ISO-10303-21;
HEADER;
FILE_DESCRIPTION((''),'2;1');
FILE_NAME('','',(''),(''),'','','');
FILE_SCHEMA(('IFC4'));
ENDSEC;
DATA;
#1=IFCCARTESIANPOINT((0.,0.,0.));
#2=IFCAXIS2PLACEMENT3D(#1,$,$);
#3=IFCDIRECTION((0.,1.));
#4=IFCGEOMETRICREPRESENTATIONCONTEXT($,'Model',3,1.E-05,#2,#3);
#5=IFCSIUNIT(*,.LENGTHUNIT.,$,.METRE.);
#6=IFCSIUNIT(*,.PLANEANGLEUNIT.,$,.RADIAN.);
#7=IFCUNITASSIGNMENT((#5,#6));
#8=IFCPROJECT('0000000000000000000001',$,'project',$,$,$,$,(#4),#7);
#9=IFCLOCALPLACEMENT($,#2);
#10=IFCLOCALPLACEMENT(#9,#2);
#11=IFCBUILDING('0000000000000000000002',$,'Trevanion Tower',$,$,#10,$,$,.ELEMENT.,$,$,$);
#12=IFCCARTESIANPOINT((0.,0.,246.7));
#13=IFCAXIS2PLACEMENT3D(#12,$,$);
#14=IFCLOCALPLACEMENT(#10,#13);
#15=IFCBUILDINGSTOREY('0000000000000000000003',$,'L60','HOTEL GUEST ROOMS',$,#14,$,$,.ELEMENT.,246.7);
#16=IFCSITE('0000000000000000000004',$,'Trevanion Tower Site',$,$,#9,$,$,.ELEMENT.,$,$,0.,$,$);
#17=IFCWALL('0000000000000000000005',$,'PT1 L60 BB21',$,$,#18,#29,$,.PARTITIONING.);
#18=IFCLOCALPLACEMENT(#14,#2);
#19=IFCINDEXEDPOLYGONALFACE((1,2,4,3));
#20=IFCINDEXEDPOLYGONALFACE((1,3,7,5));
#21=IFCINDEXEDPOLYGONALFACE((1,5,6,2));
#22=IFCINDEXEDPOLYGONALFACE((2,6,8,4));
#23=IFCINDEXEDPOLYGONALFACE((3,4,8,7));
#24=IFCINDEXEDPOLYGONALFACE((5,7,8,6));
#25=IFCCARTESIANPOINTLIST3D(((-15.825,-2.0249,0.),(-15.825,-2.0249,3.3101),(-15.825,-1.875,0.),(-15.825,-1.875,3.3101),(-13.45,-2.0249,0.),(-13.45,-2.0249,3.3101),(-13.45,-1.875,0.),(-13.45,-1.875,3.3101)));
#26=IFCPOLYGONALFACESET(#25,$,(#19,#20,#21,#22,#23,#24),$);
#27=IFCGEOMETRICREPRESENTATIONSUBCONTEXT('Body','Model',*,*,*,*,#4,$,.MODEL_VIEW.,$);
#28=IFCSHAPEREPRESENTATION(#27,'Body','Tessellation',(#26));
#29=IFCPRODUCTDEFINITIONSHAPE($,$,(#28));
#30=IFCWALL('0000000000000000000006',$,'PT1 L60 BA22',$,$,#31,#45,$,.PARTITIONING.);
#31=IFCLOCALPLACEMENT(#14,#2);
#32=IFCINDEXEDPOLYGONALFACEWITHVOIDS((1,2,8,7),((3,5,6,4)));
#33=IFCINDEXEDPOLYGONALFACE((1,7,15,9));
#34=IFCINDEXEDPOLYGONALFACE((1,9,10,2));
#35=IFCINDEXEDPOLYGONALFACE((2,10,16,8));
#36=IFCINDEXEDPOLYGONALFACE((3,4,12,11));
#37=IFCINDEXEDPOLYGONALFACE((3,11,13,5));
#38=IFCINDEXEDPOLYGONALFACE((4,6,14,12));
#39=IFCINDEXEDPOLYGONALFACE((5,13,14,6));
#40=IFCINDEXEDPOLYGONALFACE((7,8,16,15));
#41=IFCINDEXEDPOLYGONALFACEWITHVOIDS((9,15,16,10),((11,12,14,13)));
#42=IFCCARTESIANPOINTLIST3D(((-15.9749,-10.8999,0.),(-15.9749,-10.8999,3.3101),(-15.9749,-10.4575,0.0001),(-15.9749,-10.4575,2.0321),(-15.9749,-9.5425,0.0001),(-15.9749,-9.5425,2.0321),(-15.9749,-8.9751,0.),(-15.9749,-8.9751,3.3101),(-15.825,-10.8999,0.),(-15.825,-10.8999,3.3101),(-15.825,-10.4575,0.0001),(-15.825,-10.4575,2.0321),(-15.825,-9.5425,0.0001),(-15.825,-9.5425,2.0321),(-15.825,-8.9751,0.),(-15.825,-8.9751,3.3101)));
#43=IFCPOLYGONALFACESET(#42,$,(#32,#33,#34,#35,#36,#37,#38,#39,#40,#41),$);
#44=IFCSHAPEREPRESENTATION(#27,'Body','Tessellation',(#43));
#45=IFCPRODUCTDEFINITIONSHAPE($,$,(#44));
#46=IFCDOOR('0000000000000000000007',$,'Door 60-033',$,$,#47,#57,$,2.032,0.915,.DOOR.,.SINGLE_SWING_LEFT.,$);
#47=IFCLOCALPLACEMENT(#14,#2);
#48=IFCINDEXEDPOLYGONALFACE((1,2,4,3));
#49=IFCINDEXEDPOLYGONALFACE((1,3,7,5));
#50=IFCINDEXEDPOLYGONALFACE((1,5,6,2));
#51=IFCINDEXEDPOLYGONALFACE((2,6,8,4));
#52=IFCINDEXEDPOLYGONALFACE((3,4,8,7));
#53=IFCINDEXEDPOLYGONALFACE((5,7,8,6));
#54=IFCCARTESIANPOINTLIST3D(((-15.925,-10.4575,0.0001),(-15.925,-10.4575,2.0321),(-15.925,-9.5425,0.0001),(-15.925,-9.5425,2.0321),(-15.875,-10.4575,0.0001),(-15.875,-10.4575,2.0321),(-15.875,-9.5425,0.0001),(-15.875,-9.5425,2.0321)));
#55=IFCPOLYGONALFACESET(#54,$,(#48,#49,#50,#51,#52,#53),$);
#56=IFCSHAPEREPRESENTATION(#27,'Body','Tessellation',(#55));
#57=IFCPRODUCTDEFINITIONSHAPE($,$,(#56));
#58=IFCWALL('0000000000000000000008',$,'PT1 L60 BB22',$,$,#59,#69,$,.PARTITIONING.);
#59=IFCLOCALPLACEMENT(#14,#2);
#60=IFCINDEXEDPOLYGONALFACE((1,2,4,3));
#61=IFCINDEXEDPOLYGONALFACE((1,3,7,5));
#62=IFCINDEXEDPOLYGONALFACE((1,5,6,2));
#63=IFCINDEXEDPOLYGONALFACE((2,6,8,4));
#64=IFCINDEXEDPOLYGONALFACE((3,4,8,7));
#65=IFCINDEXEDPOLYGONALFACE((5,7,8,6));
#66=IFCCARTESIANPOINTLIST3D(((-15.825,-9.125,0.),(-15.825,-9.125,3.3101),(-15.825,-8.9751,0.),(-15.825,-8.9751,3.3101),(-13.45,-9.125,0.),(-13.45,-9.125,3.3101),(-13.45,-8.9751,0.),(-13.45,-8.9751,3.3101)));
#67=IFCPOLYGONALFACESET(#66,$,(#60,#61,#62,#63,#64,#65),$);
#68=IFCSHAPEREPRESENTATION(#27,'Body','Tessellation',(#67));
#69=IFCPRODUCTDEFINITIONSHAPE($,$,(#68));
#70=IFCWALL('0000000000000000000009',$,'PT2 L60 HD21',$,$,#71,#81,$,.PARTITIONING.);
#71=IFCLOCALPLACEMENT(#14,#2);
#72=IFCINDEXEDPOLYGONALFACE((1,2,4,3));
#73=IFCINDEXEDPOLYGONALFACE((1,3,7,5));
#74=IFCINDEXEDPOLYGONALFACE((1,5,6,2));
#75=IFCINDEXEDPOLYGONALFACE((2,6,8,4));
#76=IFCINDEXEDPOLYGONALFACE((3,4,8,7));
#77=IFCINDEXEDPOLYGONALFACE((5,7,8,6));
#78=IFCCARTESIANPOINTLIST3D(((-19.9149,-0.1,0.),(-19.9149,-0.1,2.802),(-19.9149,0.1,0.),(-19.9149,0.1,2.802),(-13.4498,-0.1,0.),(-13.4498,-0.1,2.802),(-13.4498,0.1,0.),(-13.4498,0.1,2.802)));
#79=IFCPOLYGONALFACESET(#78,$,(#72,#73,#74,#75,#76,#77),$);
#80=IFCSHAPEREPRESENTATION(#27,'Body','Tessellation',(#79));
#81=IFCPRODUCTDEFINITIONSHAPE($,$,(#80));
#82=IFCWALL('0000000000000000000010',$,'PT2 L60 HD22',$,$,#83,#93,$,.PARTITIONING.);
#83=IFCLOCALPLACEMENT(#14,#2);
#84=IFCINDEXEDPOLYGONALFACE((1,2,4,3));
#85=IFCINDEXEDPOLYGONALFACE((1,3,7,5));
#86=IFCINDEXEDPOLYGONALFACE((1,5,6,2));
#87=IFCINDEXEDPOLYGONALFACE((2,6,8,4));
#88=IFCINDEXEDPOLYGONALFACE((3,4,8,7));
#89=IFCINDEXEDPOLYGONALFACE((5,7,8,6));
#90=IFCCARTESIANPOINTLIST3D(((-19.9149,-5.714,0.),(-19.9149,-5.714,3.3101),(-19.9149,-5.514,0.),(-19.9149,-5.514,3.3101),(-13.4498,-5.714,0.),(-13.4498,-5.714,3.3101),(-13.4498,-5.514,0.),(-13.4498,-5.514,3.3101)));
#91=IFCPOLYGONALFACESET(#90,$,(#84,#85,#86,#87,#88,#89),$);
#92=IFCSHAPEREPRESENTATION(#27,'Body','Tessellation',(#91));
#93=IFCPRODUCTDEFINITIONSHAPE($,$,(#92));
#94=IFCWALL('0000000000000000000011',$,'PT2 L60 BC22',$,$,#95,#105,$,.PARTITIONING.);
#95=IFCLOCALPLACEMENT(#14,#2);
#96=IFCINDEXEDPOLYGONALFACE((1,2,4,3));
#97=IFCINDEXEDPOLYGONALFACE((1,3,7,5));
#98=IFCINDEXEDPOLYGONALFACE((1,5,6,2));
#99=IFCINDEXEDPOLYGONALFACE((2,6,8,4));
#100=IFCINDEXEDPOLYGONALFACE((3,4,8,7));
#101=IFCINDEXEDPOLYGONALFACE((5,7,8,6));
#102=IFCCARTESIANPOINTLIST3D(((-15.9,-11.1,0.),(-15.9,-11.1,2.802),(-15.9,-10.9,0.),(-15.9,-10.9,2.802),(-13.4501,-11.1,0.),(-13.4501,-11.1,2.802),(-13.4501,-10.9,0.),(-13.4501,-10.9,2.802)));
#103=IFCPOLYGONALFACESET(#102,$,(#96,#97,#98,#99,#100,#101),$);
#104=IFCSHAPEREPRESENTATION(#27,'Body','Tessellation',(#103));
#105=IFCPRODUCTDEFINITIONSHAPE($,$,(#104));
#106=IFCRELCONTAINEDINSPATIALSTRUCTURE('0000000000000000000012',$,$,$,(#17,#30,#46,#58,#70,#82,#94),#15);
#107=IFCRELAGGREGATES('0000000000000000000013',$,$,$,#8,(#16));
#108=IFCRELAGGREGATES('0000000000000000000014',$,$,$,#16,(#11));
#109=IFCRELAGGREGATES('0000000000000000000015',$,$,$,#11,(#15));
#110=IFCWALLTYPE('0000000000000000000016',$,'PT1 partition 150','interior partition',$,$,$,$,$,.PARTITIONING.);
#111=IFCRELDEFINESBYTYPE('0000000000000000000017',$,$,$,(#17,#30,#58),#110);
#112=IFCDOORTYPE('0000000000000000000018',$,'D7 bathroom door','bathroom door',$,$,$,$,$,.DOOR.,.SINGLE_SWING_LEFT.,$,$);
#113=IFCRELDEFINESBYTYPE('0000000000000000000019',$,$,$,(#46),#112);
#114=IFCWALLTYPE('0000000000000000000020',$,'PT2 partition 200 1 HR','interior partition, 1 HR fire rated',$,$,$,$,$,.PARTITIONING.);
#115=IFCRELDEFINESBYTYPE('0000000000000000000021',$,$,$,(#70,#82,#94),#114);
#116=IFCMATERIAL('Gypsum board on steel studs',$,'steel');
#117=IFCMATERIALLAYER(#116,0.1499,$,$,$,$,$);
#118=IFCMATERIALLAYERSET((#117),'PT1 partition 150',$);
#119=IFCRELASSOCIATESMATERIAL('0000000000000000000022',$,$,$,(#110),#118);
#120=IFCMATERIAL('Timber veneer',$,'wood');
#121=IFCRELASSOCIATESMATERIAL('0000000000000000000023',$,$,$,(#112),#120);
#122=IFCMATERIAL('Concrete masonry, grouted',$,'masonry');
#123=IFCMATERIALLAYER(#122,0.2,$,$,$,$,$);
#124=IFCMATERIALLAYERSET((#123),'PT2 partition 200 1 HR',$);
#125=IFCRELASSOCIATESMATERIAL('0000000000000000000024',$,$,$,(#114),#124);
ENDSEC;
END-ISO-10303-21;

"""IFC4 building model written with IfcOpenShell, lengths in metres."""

from ifc_helpers import new_model, si_unit, direction, frame, frame_2d, origin, place, context, subcontext, project, spatial, rectangle, extrude, material, layer, layer_set, type_object, element, fill, save


model = new_model("IFC4")

# Units and contexts
model_context = context("Model", 3, precision=1e-05, world=origin(), true_north=direction((0.0, 1.0)))
body_context = subcontext(model_context, "Body", "Model", "MODEL_VIEW")
ifc_project = project(units=[si_unit("LENGTHUNIT", "METRE"), si_unit("PLANEANGLEUNIT", "RADIAN")], contexts=[model_context])

# Site, building, storey
site_placement = place(None, origin())
site = spatial("IfcSite", under=ifc_project, at=site_placement, Name="Trevanion Tower Site", CompositionType="ELEMENT", RefElevation=0.0)
building_placement = place(site_placement, origin())
building = spatial("IfcBuilding", under=site, at=building_placement, Name="Trevanion Tower", CompositionType="ELEMENT")
storey_placement = place(building_placement, frame((0.0, 0.0, 246.7)))
storey = spatial("IfcBuildingStorey", under=building, at=storey_placement, Name="L60", Description="HOTEL GUEST ROOMS", CompositionType="ELEMENT", Elevation=246.7)

# Shared definitions
ifc_material_1 = material(Name="Gypsum board on steel studs", Category="steel")
ifc_layer_1 = layer(ifc_material_1, 0.1499)
ifc_layer_set_1 = layer_set([ifc_layer_1], Name="PT1 partition 150")
wall_type_1 = type_object("IfcWallType", Name="PT1 partition 150", Description="interior partition", PredefinedType="PARTITIONING", material=ifc_layer_set_1)
ifc_material_2 = material(Name="Timber veneer", Category="wood")
door_type = type_object("IfcDoorType", Name="D7 bathroom door", Description="bathroom door", OperationType="SINGLE_SWING_LEFT", PredefinedType="DOOR", material=ifc_material_2)

# Wall
wall_1_placement = place(storey_placement, frame((-13.45, -1.95, 0.0), z_axis=(0.0, 0.0, 1.0), x_axis=(-1.0, 0.0, 0.0)))
element("IfcWall", 1, at=wall_1_placement, inside=storey, type_object=wall_type_1, Name="PT1 L60 BB21", PredefinedType="PARTITIONING", context=body_context, shape_type="SweptSolid", body=[
    extrude(rectangle(XDim=2.375, YDim=0.1499, at=frame_2d((1.1875, 0.0))), origin(), (0.0, 0.0, 1.0), 3.3101),
])

# Wall, opening, door
wall_2_placement = place(storey_placement, frame((-15.8999, -8.9751, 0.0), z_axis=(0.0, 0.0, 1.0), x_axis=(0.0, -1.0, 0.0)))
wall_2 = element("IfcWall", 2, at=wall_2_placement, inside=storey, type_object=wall_type_1, Name="PT1 L60 BA22", PredefinedType="PARTITIONING", context=body_context, shape_type="SweptSolid", body=[
    extrude(rectangle(XDim=1.9248, YDim=0.1499, at=frame_2d((0.9624, 0.0))), origin(), (0.0, 0.0, 1.0), 3.3101),
])
opening_1_placement = place(wall_2_placement, frame((0.5674, 0.0, 0.0)))
opening_1 = element("IfcOpeningElement", 3, at=opening_1_placement, cuts=wall_2, PredefinedType="OPENING", context=body_context, shape_type="SweptSolid", body=[
    extrude(rectangle(XDim=0.915, YDim=2.032, at=frame_2d((0.4575, 1.0161))), frame((0.0, 0.085, 0.0), z_axis=(0.0, -1.0, 0.0), x_axis=(1.0, 0.0, 0.0)), (0.0, 0.0, 1.0), 0.1699),
])
door_1_placement = place(opening_1_placement, origin())
door_1 = element("IfcDoor", 4, at=door_1_placement, inside=storey, type_object=door_type, Name="Door 60-033", OperationType="SINGLE_SWING_LEFT", OverallHeight=2.032, OverallWidth=0.915, PredefinedType="DOOR", context=body_context, shape_type="SweptSolid", body=[
    extrude(rectangle(XDim=0.915, YDim=2.032, at=frame_2d((0.4575, 1.0161))), frame((0.0, 0.0249, 0.0), z_axis=(0.0, -1.0, 0.0), x_axis=(1.0, 0.0, 0.0)), (0.0, 0.0, 1.0), 0.05),
])
fill(opening_1, door_1)

# Walls
wall_3_placement = place(storey_placement, frame((-13.45, -9.05, 0.0), z_axis=(0.0, 0.0, 1.0), x_axis=(-1.0, 0.0, 0.0)))
element("IfcWall", 5, at=wall_3_placement, inside=storey, type_object=wall_type_1, Name="PT1 L60 BB22", PredefinedType="PARTITIONING", context=body_context, shape_type="SweptSolid", body=[
    extrude(rectangle(XDim=2.375, YDim=0.1499, at=frame_2d((1.1875, 0.0))), origin(), (0.0, 0.0, 1.0), 3.3101),
])
ifc_material_3 = material(Name="Concrete masonry, grouted", Category="masonry")
ifc_layer_2 = layer(ifc_material_3, 0.2)
ifc_layer_set_2 = layer_set([ifc_layer_2], Name="PT2 partition 200 1 HR")
wall_type_2 = type_object("IfcWallType", Name="PT2 partition 200 1 HR", Description="interior partition, 1 HR fire rated", PredefinedType="PARTITIONING", material=ifc_layer_set_2)
wall_4_placement = place(storey_placement, frame((-13.45, 0.0, 0.0), z_axis=(0.0, 0.0, 1.0), x_axis=(-1.0, 0.0, 0.0)))
element("IfcWall", 6, at=wall_4_placement, inside=storey, type_object=wall_type_2, Name="PT2 L60 HD21", PredefinedType="PARTITIONING", context=body_context, shape_type="SweptSolid", body=[
    extrude(rectangle(XDim=6.4651, YDim=0.2, at=frame_2d((3.2324, 0.0))), origin(), (0.0, 0.0, 1.0), 2.802),
])
wall_5_placement = place(storey_placement, frame((-13.45, -5.614, 0.0), z_axis=(0.0, 0.0, 1.0), x_axis=(-1.0, 0.0, 0.0)))
element("IfcWall", 7, at=wall_5_placement, inside=storey, type_object=wall_type_2, Name="PT2 L60 HD22", PredefinedType="PARTITIONING", context=body_context, shape_type="SweptSolid", body=[
    extrude(rectangle(XDim=6.4651, YDim=0.2, at=frame_2d((3.2324, 0.0))), origin(), (0.0, 0.0, 1.0), 3.3101),
])
wall_6_placement = place(storey_placement, frame((-13.45, -11.0, 0.0), z_axis=(0.0, 0.0, 1.0), x_axis=(-1.0, 0.0, 0.0)))
element("IfcWall", 8, at=wall_6_placement, inside=storey, type_object=wall_type_2, Name="PT2 L60 BC22", PredefinedType="PARTITIONING", context=body_context, shape_type="SweptSolid", body=[
    extrude(rectangle(XDim=2.45, YDim=0.2, at=frame_2d((1.2251, 0.0))), origin(), (0.0, 0.0, 1.0), 2.802),
])

save(model, "model.ifc")
